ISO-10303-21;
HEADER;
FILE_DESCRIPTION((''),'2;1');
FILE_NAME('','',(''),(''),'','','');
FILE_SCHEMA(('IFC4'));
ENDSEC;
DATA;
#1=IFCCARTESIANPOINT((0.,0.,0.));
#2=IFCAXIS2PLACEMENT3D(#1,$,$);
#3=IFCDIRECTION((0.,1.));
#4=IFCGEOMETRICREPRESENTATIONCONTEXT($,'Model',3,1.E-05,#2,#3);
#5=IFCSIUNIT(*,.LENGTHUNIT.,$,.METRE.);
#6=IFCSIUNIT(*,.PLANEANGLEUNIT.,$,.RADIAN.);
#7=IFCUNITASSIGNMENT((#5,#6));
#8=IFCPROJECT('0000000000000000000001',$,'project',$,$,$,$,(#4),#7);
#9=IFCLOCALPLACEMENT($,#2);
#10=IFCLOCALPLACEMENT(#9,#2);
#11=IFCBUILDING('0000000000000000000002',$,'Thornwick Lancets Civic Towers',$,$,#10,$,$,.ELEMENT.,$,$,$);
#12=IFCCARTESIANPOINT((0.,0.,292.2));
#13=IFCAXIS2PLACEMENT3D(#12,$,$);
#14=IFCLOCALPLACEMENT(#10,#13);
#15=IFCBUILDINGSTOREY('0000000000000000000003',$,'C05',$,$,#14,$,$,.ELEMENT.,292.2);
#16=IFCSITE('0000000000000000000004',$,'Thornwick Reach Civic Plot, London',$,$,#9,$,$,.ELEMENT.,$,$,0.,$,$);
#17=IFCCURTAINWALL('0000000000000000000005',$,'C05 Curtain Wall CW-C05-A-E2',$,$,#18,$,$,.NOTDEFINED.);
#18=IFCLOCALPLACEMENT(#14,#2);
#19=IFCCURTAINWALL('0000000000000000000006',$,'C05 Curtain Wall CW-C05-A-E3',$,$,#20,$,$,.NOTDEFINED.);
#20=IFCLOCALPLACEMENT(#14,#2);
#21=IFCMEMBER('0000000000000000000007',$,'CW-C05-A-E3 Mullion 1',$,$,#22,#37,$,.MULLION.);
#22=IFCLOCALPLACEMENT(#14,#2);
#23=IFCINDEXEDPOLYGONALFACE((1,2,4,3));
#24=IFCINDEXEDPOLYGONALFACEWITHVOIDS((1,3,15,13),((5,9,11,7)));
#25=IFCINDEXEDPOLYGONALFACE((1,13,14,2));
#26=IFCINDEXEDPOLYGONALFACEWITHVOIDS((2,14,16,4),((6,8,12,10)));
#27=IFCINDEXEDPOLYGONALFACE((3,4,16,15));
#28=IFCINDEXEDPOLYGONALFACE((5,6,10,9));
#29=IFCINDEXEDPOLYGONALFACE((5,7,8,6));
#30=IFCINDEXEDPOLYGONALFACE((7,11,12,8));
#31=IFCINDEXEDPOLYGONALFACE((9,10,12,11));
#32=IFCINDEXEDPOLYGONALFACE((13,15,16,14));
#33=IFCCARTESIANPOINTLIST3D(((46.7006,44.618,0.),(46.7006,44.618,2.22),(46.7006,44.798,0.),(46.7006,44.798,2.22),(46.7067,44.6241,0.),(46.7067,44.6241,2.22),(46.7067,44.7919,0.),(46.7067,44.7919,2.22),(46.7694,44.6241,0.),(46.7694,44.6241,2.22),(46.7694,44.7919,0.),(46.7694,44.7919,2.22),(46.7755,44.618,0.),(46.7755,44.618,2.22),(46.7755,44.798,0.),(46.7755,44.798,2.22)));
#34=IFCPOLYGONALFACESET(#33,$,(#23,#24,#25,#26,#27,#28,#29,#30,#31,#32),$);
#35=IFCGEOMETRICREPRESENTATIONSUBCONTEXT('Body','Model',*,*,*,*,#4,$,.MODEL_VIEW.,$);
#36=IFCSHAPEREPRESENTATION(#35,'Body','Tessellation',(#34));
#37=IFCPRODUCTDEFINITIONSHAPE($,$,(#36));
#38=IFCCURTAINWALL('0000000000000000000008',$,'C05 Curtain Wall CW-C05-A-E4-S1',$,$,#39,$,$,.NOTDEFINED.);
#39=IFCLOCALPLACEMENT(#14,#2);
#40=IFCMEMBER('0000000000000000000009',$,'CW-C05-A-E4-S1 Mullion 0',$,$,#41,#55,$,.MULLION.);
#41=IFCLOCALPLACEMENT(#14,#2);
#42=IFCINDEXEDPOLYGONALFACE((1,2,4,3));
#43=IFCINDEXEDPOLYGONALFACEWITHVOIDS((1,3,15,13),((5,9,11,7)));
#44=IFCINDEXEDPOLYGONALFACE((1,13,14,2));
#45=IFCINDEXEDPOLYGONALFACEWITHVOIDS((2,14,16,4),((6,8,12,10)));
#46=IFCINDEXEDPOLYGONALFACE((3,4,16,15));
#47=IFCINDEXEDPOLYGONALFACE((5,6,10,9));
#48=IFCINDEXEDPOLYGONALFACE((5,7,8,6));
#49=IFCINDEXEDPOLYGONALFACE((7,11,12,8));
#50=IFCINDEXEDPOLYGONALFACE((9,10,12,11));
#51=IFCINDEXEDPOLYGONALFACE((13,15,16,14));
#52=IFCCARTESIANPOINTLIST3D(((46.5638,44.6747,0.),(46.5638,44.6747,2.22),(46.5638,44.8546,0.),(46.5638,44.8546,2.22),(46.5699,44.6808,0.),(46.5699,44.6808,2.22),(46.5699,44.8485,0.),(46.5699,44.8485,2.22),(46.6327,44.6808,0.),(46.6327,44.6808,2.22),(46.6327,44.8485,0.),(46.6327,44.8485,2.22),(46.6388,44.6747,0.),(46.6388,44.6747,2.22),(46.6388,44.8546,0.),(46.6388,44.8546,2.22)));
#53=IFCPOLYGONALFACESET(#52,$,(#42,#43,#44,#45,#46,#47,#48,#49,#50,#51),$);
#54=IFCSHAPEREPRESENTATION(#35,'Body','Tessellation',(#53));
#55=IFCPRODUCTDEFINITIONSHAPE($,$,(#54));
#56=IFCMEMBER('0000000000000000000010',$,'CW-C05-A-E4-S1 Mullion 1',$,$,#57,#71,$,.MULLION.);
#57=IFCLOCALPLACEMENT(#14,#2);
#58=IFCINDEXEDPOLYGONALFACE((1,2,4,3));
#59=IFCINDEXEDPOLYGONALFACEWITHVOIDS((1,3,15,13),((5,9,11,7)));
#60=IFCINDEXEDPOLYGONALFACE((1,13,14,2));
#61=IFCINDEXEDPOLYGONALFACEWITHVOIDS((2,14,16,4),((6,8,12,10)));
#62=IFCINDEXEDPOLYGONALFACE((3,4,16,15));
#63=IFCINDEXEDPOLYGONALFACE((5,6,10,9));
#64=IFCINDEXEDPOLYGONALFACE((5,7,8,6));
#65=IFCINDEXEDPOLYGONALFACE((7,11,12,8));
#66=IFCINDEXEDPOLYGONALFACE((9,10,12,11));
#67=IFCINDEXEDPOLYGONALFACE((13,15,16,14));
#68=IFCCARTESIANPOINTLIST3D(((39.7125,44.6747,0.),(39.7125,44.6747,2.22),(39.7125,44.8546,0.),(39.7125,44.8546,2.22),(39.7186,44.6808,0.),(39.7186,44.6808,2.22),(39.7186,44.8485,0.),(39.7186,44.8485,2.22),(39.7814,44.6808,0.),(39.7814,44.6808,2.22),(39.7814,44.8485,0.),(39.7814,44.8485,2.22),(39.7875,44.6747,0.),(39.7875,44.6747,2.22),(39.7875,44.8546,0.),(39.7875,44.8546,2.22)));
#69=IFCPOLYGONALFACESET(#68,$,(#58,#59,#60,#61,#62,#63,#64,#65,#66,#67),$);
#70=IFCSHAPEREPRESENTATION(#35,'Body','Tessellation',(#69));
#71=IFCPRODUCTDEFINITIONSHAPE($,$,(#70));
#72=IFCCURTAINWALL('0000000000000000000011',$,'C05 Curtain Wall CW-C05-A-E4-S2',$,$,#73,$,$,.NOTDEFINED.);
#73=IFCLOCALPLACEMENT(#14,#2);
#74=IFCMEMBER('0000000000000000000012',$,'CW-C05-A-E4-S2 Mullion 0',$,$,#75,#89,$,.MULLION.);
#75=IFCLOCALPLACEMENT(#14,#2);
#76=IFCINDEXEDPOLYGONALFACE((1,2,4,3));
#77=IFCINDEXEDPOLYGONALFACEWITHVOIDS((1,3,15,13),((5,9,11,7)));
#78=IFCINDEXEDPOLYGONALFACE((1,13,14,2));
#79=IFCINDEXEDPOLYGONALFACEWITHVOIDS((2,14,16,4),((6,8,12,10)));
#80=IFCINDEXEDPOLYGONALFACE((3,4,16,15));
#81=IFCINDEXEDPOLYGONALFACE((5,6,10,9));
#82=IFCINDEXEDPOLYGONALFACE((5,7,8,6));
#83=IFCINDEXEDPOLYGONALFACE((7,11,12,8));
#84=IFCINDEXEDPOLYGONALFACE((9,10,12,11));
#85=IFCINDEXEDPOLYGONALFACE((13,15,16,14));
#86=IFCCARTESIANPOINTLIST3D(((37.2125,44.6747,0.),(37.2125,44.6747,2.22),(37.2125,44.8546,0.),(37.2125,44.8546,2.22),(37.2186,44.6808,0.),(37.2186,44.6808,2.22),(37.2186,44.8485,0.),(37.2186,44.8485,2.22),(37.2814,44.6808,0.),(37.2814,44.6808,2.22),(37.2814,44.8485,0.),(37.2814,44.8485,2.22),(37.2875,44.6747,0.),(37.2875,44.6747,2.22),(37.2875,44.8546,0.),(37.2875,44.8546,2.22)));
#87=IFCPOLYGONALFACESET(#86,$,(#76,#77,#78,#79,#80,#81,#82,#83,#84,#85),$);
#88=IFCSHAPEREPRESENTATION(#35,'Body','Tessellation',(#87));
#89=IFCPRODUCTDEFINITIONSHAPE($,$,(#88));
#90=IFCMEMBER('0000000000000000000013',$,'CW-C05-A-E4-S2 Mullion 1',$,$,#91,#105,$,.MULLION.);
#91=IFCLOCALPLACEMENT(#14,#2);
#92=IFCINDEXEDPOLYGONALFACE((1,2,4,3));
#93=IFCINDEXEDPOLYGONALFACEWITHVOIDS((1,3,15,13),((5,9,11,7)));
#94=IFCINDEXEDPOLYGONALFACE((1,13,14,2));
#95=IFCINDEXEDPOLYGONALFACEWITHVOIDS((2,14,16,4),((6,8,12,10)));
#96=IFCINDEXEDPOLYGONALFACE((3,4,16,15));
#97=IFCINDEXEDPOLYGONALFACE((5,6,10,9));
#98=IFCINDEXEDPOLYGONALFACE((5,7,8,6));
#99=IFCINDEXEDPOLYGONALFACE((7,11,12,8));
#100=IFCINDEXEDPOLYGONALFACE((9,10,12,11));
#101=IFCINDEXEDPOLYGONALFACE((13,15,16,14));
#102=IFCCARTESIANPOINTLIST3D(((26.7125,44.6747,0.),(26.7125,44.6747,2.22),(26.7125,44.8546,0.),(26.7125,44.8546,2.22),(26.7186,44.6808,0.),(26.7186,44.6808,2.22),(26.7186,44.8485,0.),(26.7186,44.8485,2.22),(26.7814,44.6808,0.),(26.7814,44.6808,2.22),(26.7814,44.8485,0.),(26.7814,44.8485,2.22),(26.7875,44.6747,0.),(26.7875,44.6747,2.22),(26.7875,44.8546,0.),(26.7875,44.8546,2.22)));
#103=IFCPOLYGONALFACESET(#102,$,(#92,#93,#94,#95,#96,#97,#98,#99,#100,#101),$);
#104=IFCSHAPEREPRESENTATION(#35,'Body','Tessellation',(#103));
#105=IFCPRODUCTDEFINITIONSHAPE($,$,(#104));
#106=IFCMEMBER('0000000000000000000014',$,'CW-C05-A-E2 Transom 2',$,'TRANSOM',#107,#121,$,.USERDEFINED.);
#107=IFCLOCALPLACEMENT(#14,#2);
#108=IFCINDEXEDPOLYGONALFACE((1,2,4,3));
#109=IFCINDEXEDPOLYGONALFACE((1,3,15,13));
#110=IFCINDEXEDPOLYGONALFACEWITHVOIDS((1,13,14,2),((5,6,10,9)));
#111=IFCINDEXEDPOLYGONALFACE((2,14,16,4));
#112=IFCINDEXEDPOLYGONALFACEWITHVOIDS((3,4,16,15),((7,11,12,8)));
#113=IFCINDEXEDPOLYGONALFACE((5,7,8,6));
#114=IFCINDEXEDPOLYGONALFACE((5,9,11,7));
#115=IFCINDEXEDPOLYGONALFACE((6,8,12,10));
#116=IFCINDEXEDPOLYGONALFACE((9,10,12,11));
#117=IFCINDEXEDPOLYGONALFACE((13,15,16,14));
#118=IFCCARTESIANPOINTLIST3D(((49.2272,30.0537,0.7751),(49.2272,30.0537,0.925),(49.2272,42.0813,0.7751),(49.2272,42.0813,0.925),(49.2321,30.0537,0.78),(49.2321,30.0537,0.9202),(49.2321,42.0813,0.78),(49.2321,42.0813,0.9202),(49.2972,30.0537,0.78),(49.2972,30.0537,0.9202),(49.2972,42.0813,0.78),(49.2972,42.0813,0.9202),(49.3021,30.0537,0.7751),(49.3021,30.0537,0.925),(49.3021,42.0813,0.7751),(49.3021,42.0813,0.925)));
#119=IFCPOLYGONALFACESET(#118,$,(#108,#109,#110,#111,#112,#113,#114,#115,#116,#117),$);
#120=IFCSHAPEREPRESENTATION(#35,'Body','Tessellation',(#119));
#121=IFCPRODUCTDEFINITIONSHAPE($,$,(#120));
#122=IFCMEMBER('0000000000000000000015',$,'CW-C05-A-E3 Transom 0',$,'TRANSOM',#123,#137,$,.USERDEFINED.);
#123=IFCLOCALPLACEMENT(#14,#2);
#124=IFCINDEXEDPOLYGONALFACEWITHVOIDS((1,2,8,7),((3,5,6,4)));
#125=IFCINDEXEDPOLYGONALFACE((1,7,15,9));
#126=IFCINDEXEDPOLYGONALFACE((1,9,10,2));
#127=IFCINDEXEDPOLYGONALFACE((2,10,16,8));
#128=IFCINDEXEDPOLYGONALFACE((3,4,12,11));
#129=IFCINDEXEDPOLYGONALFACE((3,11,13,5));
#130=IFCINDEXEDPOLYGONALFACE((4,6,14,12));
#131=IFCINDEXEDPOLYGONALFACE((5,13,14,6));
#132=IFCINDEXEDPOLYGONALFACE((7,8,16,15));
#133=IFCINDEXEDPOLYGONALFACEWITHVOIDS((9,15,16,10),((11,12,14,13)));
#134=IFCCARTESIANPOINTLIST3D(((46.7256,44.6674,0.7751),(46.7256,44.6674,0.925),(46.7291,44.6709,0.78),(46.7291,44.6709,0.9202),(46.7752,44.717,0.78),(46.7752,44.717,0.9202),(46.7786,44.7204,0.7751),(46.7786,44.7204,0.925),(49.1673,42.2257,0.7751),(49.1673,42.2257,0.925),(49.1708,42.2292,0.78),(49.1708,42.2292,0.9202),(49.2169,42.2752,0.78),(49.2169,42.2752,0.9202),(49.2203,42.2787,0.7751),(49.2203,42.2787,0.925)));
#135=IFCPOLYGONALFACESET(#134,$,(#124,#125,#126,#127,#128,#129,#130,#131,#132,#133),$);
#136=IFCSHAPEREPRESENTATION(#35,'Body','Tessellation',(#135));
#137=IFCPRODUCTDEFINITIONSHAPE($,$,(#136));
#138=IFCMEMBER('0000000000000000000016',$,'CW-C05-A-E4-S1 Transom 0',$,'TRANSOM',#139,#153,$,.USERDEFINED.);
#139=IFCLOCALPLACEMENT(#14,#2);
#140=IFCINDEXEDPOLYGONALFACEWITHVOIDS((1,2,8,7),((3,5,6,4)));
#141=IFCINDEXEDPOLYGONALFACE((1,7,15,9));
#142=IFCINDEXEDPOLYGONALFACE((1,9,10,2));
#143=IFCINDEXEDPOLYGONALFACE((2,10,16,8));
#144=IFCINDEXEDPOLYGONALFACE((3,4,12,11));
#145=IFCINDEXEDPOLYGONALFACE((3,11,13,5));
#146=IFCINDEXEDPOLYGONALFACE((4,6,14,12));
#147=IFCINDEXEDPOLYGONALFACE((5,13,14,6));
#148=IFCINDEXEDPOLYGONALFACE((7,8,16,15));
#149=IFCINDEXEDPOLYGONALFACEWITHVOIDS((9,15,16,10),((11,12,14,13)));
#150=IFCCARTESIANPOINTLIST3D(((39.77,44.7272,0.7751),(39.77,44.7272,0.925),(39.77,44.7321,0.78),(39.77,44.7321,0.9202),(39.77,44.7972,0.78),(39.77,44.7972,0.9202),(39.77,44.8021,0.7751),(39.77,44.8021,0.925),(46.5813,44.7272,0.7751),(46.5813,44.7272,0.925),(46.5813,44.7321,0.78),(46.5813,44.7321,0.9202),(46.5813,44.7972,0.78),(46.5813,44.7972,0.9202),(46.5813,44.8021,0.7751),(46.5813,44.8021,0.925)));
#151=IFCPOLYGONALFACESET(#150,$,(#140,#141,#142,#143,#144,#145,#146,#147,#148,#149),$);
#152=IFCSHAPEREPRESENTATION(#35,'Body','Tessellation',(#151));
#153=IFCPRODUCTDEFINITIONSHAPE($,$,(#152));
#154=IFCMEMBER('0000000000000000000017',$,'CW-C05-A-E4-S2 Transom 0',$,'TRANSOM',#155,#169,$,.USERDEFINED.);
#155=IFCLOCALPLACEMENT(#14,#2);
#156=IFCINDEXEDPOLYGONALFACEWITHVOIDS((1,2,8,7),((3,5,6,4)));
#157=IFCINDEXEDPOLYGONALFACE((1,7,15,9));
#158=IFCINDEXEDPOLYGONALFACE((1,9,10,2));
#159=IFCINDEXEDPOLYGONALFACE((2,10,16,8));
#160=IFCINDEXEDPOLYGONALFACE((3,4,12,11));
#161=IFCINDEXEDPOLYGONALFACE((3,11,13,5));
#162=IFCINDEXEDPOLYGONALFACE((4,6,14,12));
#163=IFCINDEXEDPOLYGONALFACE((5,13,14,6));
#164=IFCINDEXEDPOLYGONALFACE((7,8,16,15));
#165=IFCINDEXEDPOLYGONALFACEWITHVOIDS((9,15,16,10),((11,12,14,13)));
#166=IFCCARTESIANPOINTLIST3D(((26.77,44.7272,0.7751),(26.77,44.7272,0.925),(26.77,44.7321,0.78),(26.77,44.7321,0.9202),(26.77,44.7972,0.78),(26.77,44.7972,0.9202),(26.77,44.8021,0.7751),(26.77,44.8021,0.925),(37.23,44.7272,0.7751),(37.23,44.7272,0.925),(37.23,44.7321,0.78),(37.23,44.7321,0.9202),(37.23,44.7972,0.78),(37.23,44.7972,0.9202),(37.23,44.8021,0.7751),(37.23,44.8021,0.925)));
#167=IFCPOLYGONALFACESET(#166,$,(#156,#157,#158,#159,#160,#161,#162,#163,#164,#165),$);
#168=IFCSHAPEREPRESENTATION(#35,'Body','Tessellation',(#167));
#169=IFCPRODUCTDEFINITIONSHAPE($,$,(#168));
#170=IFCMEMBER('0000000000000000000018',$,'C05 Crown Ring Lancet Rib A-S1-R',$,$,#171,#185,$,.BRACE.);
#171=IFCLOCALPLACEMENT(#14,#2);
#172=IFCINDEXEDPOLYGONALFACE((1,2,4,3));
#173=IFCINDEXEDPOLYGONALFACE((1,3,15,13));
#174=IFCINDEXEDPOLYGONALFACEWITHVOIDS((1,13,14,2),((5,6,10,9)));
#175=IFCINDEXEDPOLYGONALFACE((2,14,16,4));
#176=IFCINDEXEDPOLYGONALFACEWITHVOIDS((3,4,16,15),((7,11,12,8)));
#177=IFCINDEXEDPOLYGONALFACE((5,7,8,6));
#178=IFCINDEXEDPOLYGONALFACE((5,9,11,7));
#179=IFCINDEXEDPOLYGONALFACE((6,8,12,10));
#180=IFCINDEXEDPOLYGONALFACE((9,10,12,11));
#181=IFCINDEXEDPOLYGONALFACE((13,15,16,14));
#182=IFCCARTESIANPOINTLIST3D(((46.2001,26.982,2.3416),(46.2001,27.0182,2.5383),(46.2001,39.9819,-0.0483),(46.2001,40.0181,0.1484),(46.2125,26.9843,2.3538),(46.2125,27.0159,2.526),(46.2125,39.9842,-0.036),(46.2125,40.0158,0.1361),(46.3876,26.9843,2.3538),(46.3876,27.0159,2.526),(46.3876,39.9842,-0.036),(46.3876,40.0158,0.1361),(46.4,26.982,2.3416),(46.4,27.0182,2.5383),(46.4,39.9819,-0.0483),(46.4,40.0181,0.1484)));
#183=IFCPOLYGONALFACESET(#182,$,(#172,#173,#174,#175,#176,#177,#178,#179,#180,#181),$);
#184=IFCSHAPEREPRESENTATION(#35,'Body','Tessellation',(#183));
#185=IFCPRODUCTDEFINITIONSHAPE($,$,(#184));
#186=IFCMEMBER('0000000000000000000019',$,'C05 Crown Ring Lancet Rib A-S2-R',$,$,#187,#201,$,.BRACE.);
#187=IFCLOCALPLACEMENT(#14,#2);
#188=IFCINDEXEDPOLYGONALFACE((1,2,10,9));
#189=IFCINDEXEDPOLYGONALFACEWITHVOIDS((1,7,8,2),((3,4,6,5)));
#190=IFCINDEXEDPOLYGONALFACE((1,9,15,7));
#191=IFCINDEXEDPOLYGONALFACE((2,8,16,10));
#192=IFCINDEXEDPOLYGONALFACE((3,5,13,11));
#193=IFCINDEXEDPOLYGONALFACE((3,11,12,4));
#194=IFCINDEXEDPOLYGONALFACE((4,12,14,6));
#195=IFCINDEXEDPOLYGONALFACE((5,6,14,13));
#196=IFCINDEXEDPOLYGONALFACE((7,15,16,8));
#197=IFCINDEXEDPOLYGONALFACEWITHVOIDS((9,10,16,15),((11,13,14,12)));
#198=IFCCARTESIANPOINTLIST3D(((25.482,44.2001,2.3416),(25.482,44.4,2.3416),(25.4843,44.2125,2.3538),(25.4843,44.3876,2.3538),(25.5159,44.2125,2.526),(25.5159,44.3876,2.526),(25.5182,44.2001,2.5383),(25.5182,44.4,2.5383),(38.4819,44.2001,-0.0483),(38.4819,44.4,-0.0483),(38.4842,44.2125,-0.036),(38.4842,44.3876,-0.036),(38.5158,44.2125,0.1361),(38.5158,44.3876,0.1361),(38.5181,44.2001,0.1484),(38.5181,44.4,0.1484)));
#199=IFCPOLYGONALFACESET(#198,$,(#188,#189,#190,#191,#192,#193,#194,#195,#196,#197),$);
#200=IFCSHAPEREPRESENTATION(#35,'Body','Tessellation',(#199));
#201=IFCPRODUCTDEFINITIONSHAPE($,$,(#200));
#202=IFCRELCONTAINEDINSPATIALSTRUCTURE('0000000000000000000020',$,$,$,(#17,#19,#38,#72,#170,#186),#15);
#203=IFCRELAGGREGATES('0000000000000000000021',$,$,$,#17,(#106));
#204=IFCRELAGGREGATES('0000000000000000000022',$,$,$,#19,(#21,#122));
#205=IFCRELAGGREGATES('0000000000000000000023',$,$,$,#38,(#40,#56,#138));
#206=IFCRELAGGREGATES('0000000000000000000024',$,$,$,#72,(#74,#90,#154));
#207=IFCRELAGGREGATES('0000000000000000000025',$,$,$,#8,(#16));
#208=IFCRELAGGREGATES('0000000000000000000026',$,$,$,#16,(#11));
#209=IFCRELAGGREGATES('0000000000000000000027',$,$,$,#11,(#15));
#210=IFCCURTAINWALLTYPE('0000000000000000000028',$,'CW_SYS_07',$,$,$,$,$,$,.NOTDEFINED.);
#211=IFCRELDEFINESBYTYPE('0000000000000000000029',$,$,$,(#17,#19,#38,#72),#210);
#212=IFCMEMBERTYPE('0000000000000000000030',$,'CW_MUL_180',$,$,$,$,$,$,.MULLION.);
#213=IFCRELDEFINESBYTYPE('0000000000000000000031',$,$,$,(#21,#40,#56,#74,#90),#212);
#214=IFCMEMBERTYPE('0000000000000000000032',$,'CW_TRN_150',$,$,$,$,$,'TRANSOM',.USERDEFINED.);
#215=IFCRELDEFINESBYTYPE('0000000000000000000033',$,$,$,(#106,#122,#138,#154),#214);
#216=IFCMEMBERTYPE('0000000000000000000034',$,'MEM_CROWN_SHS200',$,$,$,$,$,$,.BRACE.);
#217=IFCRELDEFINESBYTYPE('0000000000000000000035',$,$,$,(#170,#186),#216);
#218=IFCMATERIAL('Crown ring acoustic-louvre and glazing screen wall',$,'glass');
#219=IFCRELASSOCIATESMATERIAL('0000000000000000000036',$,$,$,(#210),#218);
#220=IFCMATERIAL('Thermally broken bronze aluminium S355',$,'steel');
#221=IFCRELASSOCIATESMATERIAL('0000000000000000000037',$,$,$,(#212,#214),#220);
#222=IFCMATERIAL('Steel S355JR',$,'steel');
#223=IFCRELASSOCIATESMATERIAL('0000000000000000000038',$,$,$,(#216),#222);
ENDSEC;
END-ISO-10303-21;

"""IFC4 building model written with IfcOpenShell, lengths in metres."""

from ifc_helpers import new_model, si_unit, direction, frame, origin, origin_2d, place, context, subcontext, project, spatial, hollow_rectangle, extrude, material, material_profile, profile_set, type_object, element, aggregate, save


model = new_model("IFC4")

# Units and contexts
model_context = context("Model", 3, precision=1e-05, world=origin(), true_north=direction((0.0, 1.0)))
body_context = subcontext(model_context, "Body", "Model", "MODEL_VIEW")
ifc_project = project(units=[si_unit("LENGTHUNIT", "METRE"), si_unit("PLANEANGLEUNIT", "RADIAN")], contexts=[model_context])

# Site, building, storey
site_placement = place(None, origin())
site = spatial("IfcSite", under=ifc_project, at=site_placement, Name="Thornwick Reach Civic Plot, London", CompositionType="ELEMENT", RefElevation=0.0)
building_placement = place(site_placement, origin())
building = spatial("IfcBuilding", under=site, at=building_placement, Name="Thornwick Lancets Civic Towers", CompositionType="ELEMENT")
storey_placement = place(building_placement, frame((0.0, 0.0, 292.2)))
storey = spatial("IfcBuildingStorey", under=building, at=storey_placement, Name="C05", CompositionType="ELEMENT", Elevation=292.2)

# Shared definitions
ifc_material_1 = material(Name="Steel S355JR", Category="steel")

# Curtain walls, members
ifc_material_2 = material(Name="Crown ring acoustic-louvre and glazing screen wall", Category="glass")
curtain_wall_type = type_object("IfcCurtainWallType", Name="CW_SYS_07", PredefinedType="NOTDEFINED", material=ifc_material_2)
curtain_wall_1_placement = place(storey_placement, origin())
curtain_wall_1 = element("IfcCurtainWall", 1, at=curtain_wall_1_placement, inside=storey, type_object=curtain_wall_type, Name="C05 Curtain Wall CW-C05-A-E2", PredefinedType="NOTDEFINED")
ifc_material_3 = material(Name="Thermally broken bronze aluminium S355", Category="steel")
ifc_material_profile_1 = material_profile(ifc_material_3, hollow_rectangle(XDim=0.075, YDim=0.1799, WallThickness=0.0061, at=origin_2d()), Name="RHS 180x75x6")
ifc_profile_set_1 = profile_set([ifc_material_profile_1], Name="Thermally broken bronze aluminium S355")
member_type_1 = type_object("IfcMemberType", Name="CW_MUL_180", PredefinedType="MULLION", material=ifc_profile_set_1)
curtain_wall_2_placement = place(storey_placement, origin())
curtain_wall_2 = element("IfcCurtainWall", 2, at=curtain_wall_2_placement, inside=storey, type_object=curtain_wall_type, Name="C05 Curtain Wall CW-C05-A-E3", PredefinedType="NOTDEFINED")
member_1_placement = place(storey_placement, frame((46.738, 44.708, 0.0), z_axis=(0.0, 0.0, 1.0), x_axis=(1.0, 0.0, 0.0)))
member_1 = element("IfcMember", 3, at=member_1_placement, type_object=member_type_1, Name="CW-C05-A-E3 Mullion 1", PredefinedType="MULLION", context=body_context, shape_type="SweptSolid", body=[
    extrude(hollow_rectangle(XDim=0.075, YDim=0.1799, WallThickness=0.0061, at=origin_2d()), origin(), (0.0, 0.0, 1.0), 2.22),
])
curtain_wall_3_placement = place(storey_placement, origin())
curtain_wall_3 = element("IfcCurtainWall", 4, at=curtain_wall_3_placement, inside=storey, type_object=curtain_wall_type, Name="C05 Curtain Wall CW-C05-A-E4-S1", PredefinedType="NOTDEFINED")
member_2_placement = place(storey_placement, frame((46.6013, 44.7646, 0.0), z_axis=(0.0, 0.0, 1.0), x_axis=(1.0, 0.0, 0.0)))
member_2 = element("IfcMember", 5, at=member_2_placement, type_object=member_type_1, Name="CW-C05-A-E4-S1 Mullion 0", PredefinedType="MULLION", context=body_context, shape_type="SweptSolid", body=[
    extrude(hollow_rectangle(XDim=0.075, YDim=0.1799, WallThickness=0.0061, at=origin_2d()), origin(), (0.0, 0.0, 1.0), 2.22),
])
member_3_placement = place(storey_placement, frame((39.75, 44.7646, 0.0), z_axis=(0.0, 0.0, 1.0), x_axis=(1.0, 0.0, 0.0)))
member_3 = element("IfcMember", 6, at=member_3_placement, type_object=member_type_1, Name="CW-C05-A-E4-S1 Mullion 1", PredefinedType="MULLION", context=body_context, shape_type="SweptSolid", body=[
    extrude(hollow_rectangle(XDim=0.075, YDim=0.1799, WallThickness=0.0061, at=origin_2d()), origin(), (0.0, 0.0, 1.0), 2.22),
])
curtain_wall_4_placement = place(storey_placement, origin())
curtain_wall_4 = element("IfcCurtainWall", 7, at=curtain_wall_4_placement, inside=storey, type_object=curtain_wall_type, Name="C05 Curtain Wall CW-C05-A-E4-S2", PredefinedType="NOTDEFINED")
member_4_placement = place(storey_placement, frame((37.25, 44.7646, 0.0), z_axis=(0.0, 0.0, 1.0), x_axis=(1.0, 0.0, 0.0)))
member_4 = element("IfcMember", 8, at=member_4_placement, type_object=member_type_1, Name="CW-C05-A-E4-S2 Mullion 0", PredefinedType="MULLION", context=body_context, shape_type="SweptSolid", body=[
    extrude(hollow_rectangle(XDim=0.075, YDim=0.1799, WallThickness=0.0061, at=origin_2d()), origin(), (0.0, 0.0, 1.0), 2.22),
])
member_5_placement = place(storey_placement, frame((26.75, 44.7646, 0.0), z_axis=(0.0, 0.0, 1.0), x_axis=(1.0, 0.0, 0.0)))
member_5 = element("IfcMember", 9, at=member_5_placement, type_object=member_type_1, Name="CW-C05-A-E4-S2 Mullion 1", PredefinedType="MULLION", context=body_context, shape_type="SweptSolid", body=[
    extrude(hollow_rectangle(XDim=0.075, YDim=0.1799, WallThickness=0.0061, at=origin_2d()), origin(), (0.0, 0.0, 1.0), 2.22),
])

# Members
ifc_material_profile_2 = material_profile(ifc_material_3, hollow_rectangle(XDim=0.075, YDim=0.1499, WallThickness=0.0049, at=origin_2d()), Name="RHS 150x75x5")
ifc_profile_set_2 = profile_set([ifc_material_profile_2], Name="Thermally broken bronze aluminium S355")
member_type_2 = type_object("IfcMemberType", Name="CW_TRN_150", ElementType="TRANSOM", PredefinedType="USERDEFINED", material=ifc_profile_set_2)
member_6_placement = place(storey_placement, frame((49.2646, 30.0537, 0.8501), z_axis=(0.0, 1.0, 0.0), x_axis=(-1.0, 0.0, 0.0)))
member_6 = element("IfcMember", 10, at=member_6_placement, type_object=member_type_2, Name="CW-C05-A-E2 Transom 2", ObjectType="TRANSOM", PredefinedType="USERDEFINED", context=body_context, shape_type="SweptSolid", body=[
    extrude(hollow_rectangle(XDim=0.075, YDim=0.1499, WallThickness=0.0049, at=origin_2d()), origin(), (0.0, 0.0, 1.0), 12.0276),
])
aggregate(curtain_wall_1, [member_6])
member_7_placement = place(storey_placement, frame((49.1938, 42.2522, 0.8501), z_axis=(-0.707107, 0.707107, 0.0), x_axis=(-0.707107, -0.707107, 0.0)))
member_7 = element("IfcMember", 11, at=member_7_placement, type_object=member_type_2, Name="CW-C05-A-E3 Transom 0", ObjectType="TRANSOM", PredefinedType="USERDEFINED", context=body_context, shape_type="SweptSolid", body=[
    extrude(hollow_rectangle(XDim=0.075, YDim=0.1499, WallThickness=0.0049, at=origin_2d()), origin(), (0.0, 0.0, 1.0), 3.4531),
])
member_8_placement = place(storey_placement, frame((46.5813, 44.7646, 0.8501), z_axis=(-1.0, 0.0, 0.0), x_axis=(0.0, -1.0, 0.0)))
member_8 = element("IfcMember", 12, at=member_8_placement, type_object=member_type_2, Name="CW-C05-A-E4-S1 Transom 0", ObjectType="TRANSOM", PredefinedType="USERDEFINED", context=body_context, shape_type="SweptSolid", body=[
    extrude(hollow_rectangle(XDim=0.075, YDim=0.1499, WallThickness=0.0049, at=origin_2d()), origin(), (0.0, 0.0, 1.0), 6.8113),
])
member_9_placement = place(storey_placement, frame((37.23, 44.7646, 0.8501), z_axis=(-1.0, 0.0, 0.0), x_axis=(0.0, -1.0, 0.0)))
member_9 = element("IfcMember", 13, at=member_9_placement, type_object=member_type_2, Name="CW-C05-A-E4-S2 Transom 0", ObjectType="TRANSOM", PredefinedType="USERDEFINED", context=body_context, shape_type="SweptSolid", body=[
    extrude(hollow_rectangle(XDim=0.075, YDim=0.1499, WallThickness=0.0049, at=origin_2d()), origin(), (0.0, 0.0, 1.0), 10.46),
])

# Members
ifc_material_profile_3 = material_profile(ifc_material_1, hollow_rectangle(XDim=0.2, YDim=0.2, WallThickness=0.0125, at=origin_2d()), Name="SHS 200x200x12.5")
ifc_profile_set_3 = profile_set([ifc_material_profile_3], Name="Steel S355JR")
member_type_3 = type_object("IfcMemberType", Name="MEM_CROWN_SHS200", PredefinedType="BRACE", material=ifc_profile_set_3)
for number, where, z_axis, x_axis, name in (
    (14, (46.3, 40.0, 0.05), (0.0, -0.983518, 0.180808), (1.0, 0.0, 0.0), "C05 Crown Ring Lancet Rib A-S1-R"),
    (15, (38.5, 44.3, 0.05), (-0.983518, 0.0, 0.180808), (0.0, -1.0, 0.0), "C05 Crown Ring Lancet Rib A-S2-R"),
):
    element("IfcMember", number, at=place(storey_placement, frame(where, z_axis=z_axis, x_axis=x_axis)), inside=storey, type_object=member_type_3, Name=name, PredefinedType="BRACE", context=body_context, shape_type="SweptSolid", body=[
        extrude(hollow_rectangle(XDim=0.2, YDim=0.2, WallThickness=0.0125, at=origin_2d()), origin(), (0.0, 0.0, 1.0), 13.2178),
    ])

aggregate(curtain_wall_2, [member_1, member_7])
aggregate(curtain_wall_3, [member_2, member_3, member_8])
aggregate(curtain_wall_4, [member_4, member_5, member_9])

save(model, "model.ifc")
